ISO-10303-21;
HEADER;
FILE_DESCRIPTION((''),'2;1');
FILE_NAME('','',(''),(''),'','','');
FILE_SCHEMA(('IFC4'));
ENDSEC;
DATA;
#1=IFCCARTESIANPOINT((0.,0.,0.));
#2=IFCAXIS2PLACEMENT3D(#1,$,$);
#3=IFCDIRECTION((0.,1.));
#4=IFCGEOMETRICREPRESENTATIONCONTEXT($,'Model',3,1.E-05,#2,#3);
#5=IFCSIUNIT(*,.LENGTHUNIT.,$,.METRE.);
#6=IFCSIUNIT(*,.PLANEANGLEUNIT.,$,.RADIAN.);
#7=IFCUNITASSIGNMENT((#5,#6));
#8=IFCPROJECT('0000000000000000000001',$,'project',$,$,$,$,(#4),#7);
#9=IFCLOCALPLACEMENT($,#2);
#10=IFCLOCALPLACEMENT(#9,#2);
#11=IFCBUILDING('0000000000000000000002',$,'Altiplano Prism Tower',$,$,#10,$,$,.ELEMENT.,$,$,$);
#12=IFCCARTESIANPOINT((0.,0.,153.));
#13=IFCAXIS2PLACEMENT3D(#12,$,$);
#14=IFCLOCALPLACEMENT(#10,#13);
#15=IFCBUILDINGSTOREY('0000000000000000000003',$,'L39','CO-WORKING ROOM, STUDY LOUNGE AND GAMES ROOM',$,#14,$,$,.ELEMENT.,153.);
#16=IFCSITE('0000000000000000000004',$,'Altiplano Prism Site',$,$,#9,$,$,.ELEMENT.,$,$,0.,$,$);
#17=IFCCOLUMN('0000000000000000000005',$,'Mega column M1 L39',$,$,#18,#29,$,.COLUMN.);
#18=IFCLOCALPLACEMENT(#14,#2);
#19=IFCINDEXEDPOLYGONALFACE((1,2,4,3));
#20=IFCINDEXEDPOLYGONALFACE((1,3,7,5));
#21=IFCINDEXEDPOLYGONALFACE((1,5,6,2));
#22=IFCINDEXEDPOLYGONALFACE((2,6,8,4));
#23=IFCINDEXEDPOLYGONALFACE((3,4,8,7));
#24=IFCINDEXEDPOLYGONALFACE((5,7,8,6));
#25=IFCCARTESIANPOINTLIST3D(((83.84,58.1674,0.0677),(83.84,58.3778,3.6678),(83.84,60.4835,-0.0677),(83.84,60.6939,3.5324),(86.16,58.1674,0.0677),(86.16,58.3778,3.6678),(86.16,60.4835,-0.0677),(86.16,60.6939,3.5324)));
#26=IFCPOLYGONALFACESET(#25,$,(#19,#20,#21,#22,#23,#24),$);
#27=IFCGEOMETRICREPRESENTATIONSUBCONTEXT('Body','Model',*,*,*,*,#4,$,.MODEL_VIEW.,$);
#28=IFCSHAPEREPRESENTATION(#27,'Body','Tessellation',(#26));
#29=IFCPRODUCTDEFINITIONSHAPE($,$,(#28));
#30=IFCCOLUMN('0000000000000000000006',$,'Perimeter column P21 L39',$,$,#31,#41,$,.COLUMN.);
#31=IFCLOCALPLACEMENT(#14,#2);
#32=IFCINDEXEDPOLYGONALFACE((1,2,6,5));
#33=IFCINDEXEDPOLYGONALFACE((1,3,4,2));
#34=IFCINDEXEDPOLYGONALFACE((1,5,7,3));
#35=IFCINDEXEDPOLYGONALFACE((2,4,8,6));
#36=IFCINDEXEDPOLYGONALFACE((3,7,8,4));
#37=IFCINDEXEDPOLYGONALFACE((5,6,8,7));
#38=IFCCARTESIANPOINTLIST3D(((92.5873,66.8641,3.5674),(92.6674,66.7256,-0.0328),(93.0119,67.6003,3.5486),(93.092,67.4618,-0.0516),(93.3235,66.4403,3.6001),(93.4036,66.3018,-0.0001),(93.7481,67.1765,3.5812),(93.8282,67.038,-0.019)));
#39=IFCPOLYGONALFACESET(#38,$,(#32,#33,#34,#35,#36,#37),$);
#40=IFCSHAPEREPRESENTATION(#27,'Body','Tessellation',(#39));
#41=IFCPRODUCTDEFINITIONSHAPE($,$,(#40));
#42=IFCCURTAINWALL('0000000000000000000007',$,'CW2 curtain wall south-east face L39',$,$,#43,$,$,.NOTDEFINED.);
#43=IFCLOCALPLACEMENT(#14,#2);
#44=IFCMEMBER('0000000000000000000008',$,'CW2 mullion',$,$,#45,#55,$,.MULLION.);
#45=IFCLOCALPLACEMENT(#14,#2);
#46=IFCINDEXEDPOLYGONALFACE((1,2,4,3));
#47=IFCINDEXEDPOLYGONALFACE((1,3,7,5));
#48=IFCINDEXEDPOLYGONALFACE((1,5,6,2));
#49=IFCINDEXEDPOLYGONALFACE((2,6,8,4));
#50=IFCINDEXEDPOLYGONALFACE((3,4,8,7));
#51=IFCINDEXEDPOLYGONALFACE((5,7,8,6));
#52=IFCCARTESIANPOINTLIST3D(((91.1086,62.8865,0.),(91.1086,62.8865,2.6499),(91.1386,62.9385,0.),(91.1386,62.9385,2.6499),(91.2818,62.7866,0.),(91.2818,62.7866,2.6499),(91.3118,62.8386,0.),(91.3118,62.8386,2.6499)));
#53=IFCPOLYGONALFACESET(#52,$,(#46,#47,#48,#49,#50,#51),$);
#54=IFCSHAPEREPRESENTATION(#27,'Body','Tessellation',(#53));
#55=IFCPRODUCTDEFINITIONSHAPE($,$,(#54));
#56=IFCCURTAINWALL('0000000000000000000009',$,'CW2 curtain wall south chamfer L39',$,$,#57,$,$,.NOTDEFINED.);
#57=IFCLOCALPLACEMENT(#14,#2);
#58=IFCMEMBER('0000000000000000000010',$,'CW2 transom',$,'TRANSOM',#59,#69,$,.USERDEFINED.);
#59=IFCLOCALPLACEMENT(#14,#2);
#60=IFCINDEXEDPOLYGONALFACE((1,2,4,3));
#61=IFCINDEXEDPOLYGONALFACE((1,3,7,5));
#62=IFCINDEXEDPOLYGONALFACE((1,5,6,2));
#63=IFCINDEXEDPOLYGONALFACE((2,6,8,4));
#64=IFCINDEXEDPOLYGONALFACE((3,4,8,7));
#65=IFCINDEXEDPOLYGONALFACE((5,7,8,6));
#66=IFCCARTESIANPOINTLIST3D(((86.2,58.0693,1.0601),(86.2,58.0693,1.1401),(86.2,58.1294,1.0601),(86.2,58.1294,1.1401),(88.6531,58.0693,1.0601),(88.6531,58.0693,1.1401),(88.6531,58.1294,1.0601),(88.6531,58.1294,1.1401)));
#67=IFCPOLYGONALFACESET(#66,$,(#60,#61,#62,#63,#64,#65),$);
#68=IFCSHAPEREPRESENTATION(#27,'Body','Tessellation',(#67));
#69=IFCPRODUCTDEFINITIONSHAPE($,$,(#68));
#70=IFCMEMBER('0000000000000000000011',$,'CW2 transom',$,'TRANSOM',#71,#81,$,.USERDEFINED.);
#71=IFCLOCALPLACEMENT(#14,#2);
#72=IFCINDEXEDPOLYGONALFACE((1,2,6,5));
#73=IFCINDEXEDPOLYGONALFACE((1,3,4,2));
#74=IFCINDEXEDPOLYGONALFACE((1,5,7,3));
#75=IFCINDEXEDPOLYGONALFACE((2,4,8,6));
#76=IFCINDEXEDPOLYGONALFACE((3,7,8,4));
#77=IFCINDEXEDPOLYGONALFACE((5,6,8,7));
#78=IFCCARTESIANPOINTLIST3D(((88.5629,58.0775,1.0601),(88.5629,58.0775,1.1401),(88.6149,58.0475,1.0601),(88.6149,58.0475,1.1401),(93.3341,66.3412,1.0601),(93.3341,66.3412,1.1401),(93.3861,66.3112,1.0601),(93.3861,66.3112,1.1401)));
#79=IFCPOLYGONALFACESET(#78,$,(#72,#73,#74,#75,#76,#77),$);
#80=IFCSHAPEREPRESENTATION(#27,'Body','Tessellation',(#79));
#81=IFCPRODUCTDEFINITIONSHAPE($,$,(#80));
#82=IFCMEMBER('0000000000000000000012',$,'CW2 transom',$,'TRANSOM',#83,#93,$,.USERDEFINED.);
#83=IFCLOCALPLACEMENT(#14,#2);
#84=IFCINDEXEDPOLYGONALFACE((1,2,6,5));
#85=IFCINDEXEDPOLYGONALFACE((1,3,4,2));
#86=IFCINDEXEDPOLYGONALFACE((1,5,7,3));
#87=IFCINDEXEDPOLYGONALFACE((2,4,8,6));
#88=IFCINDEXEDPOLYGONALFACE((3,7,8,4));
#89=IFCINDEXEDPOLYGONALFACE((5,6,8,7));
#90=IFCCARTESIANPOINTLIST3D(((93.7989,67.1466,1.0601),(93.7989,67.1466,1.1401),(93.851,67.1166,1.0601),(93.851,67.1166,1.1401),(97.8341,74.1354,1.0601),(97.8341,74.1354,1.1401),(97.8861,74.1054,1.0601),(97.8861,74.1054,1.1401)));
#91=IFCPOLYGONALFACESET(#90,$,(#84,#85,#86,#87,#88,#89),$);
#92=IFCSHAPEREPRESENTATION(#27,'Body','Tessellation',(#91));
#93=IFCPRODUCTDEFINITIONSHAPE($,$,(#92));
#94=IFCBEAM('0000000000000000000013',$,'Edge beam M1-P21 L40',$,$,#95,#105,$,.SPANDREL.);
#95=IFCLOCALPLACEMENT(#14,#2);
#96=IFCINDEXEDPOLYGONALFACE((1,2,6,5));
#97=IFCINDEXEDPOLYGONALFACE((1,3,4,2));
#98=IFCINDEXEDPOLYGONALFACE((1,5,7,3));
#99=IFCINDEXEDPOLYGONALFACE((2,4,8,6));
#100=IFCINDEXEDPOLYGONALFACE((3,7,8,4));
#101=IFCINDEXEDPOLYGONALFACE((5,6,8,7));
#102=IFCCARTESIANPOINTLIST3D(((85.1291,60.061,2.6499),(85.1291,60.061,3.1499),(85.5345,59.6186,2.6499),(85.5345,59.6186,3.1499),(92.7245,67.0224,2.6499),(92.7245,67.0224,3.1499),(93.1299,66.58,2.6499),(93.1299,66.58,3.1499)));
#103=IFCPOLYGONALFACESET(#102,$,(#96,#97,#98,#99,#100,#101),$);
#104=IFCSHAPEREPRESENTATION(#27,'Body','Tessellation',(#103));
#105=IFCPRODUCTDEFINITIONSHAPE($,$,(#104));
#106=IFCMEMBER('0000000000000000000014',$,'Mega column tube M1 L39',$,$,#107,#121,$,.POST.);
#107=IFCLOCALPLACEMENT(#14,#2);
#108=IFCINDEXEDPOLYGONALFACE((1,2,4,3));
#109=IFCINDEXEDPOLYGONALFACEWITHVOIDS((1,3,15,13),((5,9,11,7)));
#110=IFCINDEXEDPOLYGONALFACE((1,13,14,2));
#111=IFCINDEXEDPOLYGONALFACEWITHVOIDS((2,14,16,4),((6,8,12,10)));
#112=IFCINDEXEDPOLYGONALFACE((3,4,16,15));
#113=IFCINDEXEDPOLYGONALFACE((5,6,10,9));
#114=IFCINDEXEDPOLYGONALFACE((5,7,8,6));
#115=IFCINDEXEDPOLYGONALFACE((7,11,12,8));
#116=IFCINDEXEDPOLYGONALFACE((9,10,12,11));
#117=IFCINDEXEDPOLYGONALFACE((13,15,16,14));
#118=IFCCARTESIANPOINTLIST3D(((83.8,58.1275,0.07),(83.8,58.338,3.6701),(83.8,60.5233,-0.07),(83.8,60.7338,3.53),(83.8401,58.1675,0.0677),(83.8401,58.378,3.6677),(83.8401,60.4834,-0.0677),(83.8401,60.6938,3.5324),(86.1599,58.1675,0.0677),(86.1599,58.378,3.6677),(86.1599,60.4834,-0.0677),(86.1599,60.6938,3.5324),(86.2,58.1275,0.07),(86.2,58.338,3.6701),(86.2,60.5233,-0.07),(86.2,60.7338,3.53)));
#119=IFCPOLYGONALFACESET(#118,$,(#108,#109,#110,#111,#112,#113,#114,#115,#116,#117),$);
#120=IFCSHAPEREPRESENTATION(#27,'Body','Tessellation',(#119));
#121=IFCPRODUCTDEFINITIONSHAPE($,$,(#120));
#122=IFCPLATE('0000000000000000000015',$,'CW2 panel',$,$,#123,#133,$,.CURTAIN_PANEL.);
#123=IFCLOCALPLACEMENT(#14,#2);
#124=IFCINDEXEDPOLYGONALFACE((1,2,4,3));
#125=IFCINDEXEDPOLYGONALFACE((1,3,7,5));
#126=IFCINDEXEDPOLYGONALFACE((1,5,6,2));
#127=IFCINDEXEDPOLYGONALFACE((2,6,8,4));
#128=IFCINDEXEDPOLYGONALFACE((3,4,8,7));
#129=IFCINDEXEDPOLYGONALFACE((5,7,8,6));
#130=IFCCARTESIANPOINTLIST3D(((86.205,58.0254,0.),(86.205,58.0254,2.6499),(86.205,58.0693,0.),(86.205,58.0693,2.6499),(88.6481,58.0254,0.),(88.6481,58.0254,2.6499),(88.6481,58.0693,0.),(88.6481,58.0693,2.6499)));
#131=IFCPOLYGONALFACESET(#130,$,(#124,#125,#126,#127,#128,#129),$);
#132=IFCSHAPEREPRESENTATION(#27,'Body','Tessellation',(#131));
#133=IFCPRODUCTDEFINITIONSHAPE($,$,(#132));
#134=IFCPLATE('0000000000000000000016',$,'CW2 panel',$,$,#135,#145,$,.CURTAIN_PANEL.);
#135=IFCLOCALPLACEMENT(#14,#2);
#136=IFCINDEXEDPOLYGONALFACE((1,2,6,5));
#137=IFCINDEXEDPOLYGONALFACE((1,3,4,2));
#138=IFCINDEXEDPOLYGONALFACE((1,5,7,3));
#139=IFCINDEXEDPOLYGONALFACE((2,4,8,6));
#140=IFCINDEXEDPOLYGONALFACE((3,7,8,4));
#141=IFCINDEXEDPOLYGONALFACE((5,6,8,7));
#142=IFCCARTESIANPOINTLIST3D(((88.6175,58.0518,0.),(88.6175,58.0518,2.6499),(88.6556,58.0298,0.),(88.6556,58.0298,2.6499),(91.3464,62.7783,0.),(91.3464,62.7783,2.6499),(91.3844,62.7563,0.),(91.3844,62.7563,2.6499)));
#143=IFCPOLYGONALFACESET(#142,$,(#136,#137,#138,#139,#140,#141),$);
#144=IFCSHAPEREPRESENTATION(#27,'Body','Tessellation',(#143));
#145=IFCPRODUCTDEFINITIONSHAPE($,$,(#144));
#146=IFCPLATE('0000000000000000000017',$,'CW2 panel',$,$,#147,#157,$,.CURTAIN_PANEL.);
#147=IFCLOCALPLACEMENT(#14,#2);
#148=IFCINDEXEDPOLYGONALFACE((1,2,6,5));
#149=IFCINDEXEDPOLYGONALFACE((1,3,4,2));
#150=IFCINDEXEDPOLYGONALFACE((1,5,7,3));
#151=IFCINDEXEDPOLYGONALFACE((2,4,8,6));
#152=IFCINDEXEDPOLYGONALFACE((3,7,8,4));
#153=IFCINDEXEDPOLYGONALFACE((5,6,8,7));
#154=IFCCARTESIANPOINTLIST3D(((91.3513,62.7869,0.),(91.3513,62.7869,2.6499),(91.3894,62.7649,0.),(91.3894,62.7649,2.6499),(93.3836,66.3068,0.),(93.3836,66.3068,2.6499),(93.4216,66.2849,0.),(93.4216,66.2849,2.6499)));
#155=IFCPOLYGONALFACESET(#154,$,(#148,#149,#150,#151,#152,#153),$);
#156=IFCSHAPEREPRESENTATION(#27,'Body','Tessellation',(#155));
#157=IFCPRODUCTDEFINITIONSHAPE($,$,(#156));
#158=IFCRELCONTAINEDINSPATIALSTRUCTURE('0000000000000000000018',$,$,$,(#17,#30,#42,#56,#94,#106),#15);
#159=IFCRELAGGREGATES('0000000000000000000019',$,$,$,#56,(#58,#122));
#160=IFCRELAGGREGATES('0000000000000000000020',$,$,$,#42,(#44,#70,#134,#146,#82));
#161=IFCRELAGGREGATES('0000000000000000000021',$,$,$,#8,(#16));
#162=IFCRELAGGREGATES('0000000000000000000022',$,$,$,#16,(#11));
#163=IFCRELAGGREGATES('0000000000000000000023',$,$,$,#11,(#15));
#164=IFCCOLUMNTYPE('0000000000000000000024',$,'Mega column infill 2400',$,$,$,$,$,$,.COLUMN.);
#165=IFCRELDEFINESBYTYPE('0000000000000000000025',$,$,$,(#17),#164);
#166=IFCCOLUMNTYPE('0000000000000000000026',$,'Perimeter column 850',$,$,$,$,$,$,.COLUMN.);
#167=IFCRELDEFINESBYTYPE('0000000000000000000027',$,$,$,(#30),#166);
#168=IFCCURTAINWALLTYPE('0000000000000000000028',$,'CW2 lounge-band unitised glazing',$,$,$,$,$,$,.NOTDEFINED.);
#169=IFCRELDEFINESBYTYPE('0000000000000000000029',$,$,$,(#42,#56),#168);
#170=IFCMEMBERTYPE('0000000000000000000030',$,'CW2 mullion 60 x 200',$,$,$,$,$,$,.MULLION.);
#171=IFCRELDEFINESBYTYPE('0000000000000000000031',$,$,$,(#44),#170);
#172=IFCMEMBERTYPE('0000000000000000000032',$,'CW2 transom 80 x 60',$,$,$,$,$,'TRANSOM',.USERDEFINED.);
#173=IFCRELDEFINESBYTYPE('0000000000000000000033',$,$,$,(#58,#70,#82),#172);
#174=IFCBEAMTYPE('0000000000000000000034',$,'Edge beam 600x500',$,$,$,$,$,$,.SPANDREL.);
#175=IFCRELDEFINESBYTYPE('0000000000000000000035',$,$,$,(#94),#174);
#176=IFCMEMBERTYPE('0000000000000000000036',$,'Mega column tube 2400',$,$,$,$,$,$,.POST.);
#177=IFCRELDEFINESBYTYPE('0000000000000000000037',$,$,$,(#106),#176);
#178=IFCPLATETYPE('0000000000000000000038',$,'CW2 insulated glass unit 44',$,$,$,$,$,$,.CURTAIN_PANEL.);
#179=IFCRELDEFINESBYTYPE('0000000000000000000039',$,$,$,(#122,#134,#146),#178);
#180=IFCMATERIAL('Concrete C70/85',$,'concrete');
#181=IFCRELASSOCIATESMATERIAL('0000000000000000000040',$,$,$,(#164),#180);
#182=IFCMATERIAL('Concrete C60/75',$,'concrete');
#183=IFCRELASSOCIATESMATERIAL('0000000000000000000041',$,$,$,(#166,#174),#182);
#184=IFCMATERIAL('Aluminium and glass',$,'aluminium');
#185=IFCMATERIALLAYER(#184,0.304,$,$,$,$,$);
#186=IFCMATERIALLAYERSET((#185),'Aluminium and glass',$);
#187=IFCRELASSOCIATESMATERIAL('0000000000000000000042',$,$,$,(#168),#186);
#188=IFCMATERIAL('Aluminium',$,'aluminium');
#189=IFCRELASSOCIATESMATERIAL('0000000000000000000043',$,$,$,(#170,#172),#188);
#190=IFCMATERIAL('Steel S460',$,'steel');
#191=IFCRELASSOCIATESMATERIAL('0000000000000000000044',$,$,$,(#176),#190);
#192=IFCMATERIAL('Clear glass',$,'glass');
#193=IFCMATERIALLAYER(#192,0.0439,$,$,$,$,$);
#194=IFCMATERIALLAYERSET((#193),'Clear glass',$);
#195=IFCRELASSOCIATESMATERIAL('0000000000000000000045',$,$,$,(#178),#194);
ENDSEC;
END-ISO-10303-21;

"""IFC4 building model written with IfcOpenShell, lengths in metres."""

from ifc_helpers import new_model, si_unit, direction, frame, origin, origin_2d, place, context, subcontext, project, spatial, rectangle, hollow_rectangle, extrude, material, layer, layer_set, material_profile, profile_set, type_object, element, aggregate, save


model = new_model("IFC4")

# Units and contexts
model_context = context("Model", 3, precision=1e-05, world=origin(), true_north=direction((0.0, 1.0)))
body_context = subcontext(model_context, "Body", "Model", "MODEL_VIEW")
ifc_project = project(units=[si_unit("LENGTHUNIT", "METRE"), si_unit("PLANEANGLEUNIT", "RADIAN")], contexts=[model_context])

# Site, building, storey
site_placement = place(None, origin())
site = spatial("IfcSite", under=ifc_project, at=site_placement, Name="Altiplano Prism Site", CompositionType="ELEMENT", RefElevation=0.0)
building_placement = place(site_placement, origin())
building = spatial("IfcBuilding", under=site, at=building_placement, Name="Altiplano Prism Tower", CompositionType="ELEMENT")
storey_placement = place(building_placement, frame((0.0, 0.0, 153.0)))
storey = spatial("IfcBuildingStorey", under=building, at=storey_placement, Name="L39", Description="CO-WORKING ROOM, STUDY LOUNGE AND GAMES ROOM", CompositionType="ELEMENT", Elevation=153.0)

# Columns
ifc_material_1 = material(Name="Concrete C70/85", Category="concrete")
ifc_material_profile_1 = material_profile(ifc_material_1, rectangle(XDim=2.3201, YDim=2.3201, at=origin_2d()), Name="Mega column infill 2400")
ifc_profile_set_1 = profile_set([ifc_material_profile_1], Name="Concrete C70/85")
column_type_1 = type_object("IfcColumnType", Name="Mega column infill 2400", PredefinedType="COLUMN", material=ifc_profile_set_1)
column_1_placement = place(storey_placement, frame((85.0, 59.3254, 0.0), z_axis=(0.0, 0.058357, 0.998296), x_axis=(-1.0, 0.0, 0.0)))
element("IfcColumn", 1, at=column_1_placement, inside=storey, type_object=column_type_1, Name="Mega column M1 L39", PredefinedType="COLUMN", context=body_context, shape_type="SweptSolid", body=[
    extrude(rectangle(XDim=2.3201, YDim=2.3201, at=origin_2d()), origin(), (0.0, 0.0, 1.0), 3.6062),
])
ifc_material_2 = material(Name="Concrete C60/75", Category="concrete")
ifc_material_profile_2 = material_profile(ifc_material_2, rectangle(XDim=0.8501, YDim=0.8501, at=origin_2d()), Name="Perimeter column 850")
ifc_profile_set_2 = profile_set([ifc_material_profile_2], Name="Concrete C60/75")
column_type_2 = type_object("IfcColumnType", Name="Perimeter column 850", PredefinedType="COLUMN", material=ifc_profile_set_2)
column_2_placement = place(storey_placement, frame((93.2478, 66.8818, -0.0259), z_axis=(-0.022221, 0.038413, 0.999015), x_axis=(-0.499513, -0.866022, 0.022189)))
element("IfcColumn", 2, at=column_2_placement, inside=storey, type_object=column_type_2, Name="Perimeter column P21 L39", PredefinedType="COLUMN", context=body_context, shape_type="SweptSolid", body=[
    extrude(rectangle(XDim=0.8501, YDim=0.8501, at=origin_2d()), origin(), (0.0, 0.0, 1.0), 3.6038),
])

# Curtain walls, members
ifc_material_3 = material(Name="Aluminium and glass", Category="aluminium")
ifc_layer_1 = layer(ifc_material_3, 0.304)
ifc_layer_set_1 = layer_set([ifc_layer_1], Name="Aluminium and glass")
curtain_wall_type = type_object("IfcCurtainWallType", Name="CW2 lounge-band unitised glazing", PredefinedType="NOTDEFINED", material=ifc_layer_set_1)
curtain_wall_1_placement = place(storey_placement, origin())
curtain_wall_1 = element("IfcCurtainWall", 3, at=curtain_wall_1_placement, inside=storey, type_object=curtain_wall_type, Name="CW2 curtain wall south-east face L39", PredefinedType="NOTDEFINED")
ifc_material_4 = material(Name="Aluminium", Category="aluminium")
ifc_material_profile_3 = material_profile(ifc_material_4, rectangle(XDim=0.2, YDim=0.0601, at=origin_2d()), Name="CW2 mullion 60 x 200")
ifc_profile_set_3 = profile_set([ifc_material_profile_3], Name="Aluminium")
member_type_1 = type_object("IfcMemberType", Name="CW2 mullion 60 x 200", PredefinedType="MULLION", material=ifc_profile_set_3)
member_1_placement = place(storey_placement, frame((91.2102, 62.8625, 0.0), z_axis=(0.0, 0.0, 1.0), x_axis=(-0.866025, 0.5, 0.0)))
member_1 = element("IfcMember", 4, at=member_1_placement, type_object=member_type_1, Name="CW2 mullion", PredefinedType="MULLION", context=body_context, shape_type="SweptSolid", body=[
    extrude(rectangle(XDim=0.2, YDim=0.0601, at=origin_2d()), origin(), (0.0, 0.0, 1.0), 2.6499),
])
curtain_wall_2_placement = place(storey_placement, origin())
curtain_wall_2 = element("IfcCurtainWall", 5, at=curtain_wall_2_placement, inside=storey, type_object=curtain_wall_type, Name="CW2 curtain wall south chamfer L39", PredefinedType="NOTDEFINED")
ifc_material_profile_4 = material_profile(ifc_material_4, rectangle(XDim=0.0601, YDim=0.0801, at=origin_2d()), Name="CW2 transom 80 x 60")
ifc_profile_set_4 = profile_set([ifc_material_profile_4], Name="Aluminium")
member_type_2 = type_object("IfcMemberType", Name="CW2 transom 80 x 60", ElementType="TRANSOM", PredefinedType="USERDEFINED", material=ifc_profile_set_4)
member_2_placement = place(storey_placement, frame((86.2, 58.0994, 1.1001), z_axis=(1.0, 0.0, 0.0), x_axis=(0.0, 1.0, 0.0)))
member_2 = element("IfcMember", 6, at=member_2_placement, type_object=member_type_2, Name="CW2 transom", ObjectType="TRANSOM", PredefinedType="USERDEFINED", context=body_context, shape_type="SweptSolid", body=[
    extrude(rectangle(XDim=0.0601, YDim=0.0801, at=origin_2d()), origin(), (0.0, 0.0, 1.0), 2.4531),
])

# Members
member_3_placement = place(storey_placement, frame((88.5889, 58.0625, 1.1001), z_axis=(0.500016, 0.866016, 0.0), x_axis=(-0.866016, 0.500016, 0.0)))
member_3 = element("IfcMember", 7, at=member_3_placement, type_object=member_type_2, Name="CW2 transom", ObjectType="TRANSOM", PredefinedType="USERDEFINED", context=body_context, shape_type="SweptSolid", body=[
    extrude(rectangle(XDim=0.0601, YDim=0.0801, at=origin_2d()), origin(), (0.0, 0.0, 1.0), 9.5422),
])
member_4_placement = place(storey_placement, frame((93.825, 67.1316, 1.1001), z_axis=(0.500017, 0.866015, 0.0), x_axis=(-0.866015, 0.500017, 0.0)))
member_4 = element("IfcMember", 8, at=member_4_placement, type_object=member_type_2, Name="CW2 transom", ObjectType="TRANSOM", PredefinedType="USERDEFINED", context=body_context, shape_type="SweptSolid", body=[
    extrude(rectangle(XDim=0.0601, YDim=0.0801, at=origin_2d()), origin(), (0.0, 0.0, 1.0), 8.0701),
])

# Beam
ifc_material_profile_5 = material_profile(ifc_material_2, rectangle(XDim=0.6001, YDim=0.5, at=origin_2d()), Name="Edge beam 600x500")
ifc_profile_set_5 = profile_set([ifc_material_profile_5], Name="Concrete C60/75")
beam_type = type_object("IfcBeamType", Name="Edge beam 600x500", PredefinedType="SPANDREL", material=ifc_profile_set_5)
beam_placement = place(storey_placement, frame((85.3318, 59.8398, 2.8999), z_axis=(0.737206, 0.675668, 0.0), x_axis=(-0.675668, 0.737206, 0.0)))
element("IfcBeam", 9, at=beam_placement, inside=storey, type_object=beam_type, Name="Edge beam M1-P21 L40", PredefinedType="SPANDREL", context=body_context, shape_type="SweptSolid", body=[
    extrude(rectangle(XDim=0.6001, YDim=0.5, at=origin_2d()), origin(), (0.0, 0.0, 1.0), 10.303),
])

# Member
ifc_material_5 = material(Name="Steel S460", Category="steel")
ifc_material_profile_6 = material_profile(ifc_material_5, hollow_rectangle(XDim=2.3999, YDim=2.3999, WallThickness=0.04, at=origin_2d()), Name="Mega column tube 2400")
ifc_profile_set_6 = profile_set([ifc_material_profile_6], Name="Steel S460")
member_type_3 = type_object("IfcMemberType", Name="Mega column tube 2400", PredefinedType="POST", material=ifc_profile_set_6)
member_5_placement = place(storey_placement, frame((85.0, 59.3254, 0.0), z_axis=(0.0, 0.058357, 0.998296), x_axis=(-1.0, 0.0, 0.0)))
element("IfcMember", 10, at=member_5_placement, inside=storey, type_object=member_type_3, Name="Mega column tube M1 L39", PredefinedType="POST", context=body_context, shape_type="SweptSolid", body=[
    extrude(hollow_rectangle(XDim=2.3999, YDim=2.3999, WallThickness=0.04, at=origin_2d()), origin(), (0.0, 0.0, 1.0), 3.6062),
])

# Plates
ifc_material_6 = material(Name="Clear glass", Category="glass")
ifc_layer_2 = layer(ifc_material_6, 0.0439)
ifc_layer_set_2 = layer_set([ifc_layer_2], Name="Clear glass")
plate_type = type_object("IfcPlateType", Name="CW2 insulated glass unit 44", PredefinedType="CURTAIN_PANEL", material=ifc_layer_set_2)
plate_1_placement = place(storey_placement, frame((87.4265, 58.0474, 0.0), z_axis=(0.0, 0.0, 1.0), x_axis=(1.0, 0.0, 0.0)))
plate_1 = element("IfcPlate", 11, at=plate_1_placement, type_object=plate_type, Name="CW2 panel", PredefinedType="CURTAIN_PANEL", context=body_context, shape_type="SweptSolid", body=[
    extrude(rectangle(XDim=2.4431, YDim=0.0439, at=origin_2d()), origin(), (0.0, 0.0, 1.0), 2.6499),
])
aggregate(curtain_wall_2, [member_2, plate_1])
plate_2_placement = place(storey_placement, frame((90.001, 60.4041, 0.0), z_axis=(0.0, 0.0, 1.0), x_axis=(0.5, 0.866025, 0.0)))
plate_2 = element("IfcPlate", 12, at=plate_2_placement, type_object=plate_type, Name="CW2 panel", PredefinedType="CURTAIN_PANEL", context=body_context, shape_type="SweptSolid", body=[
    extrude(rectangle(XDim=5.4578, YDim=0.0439, at=origin_2d()), origin(), (0.0, 0.0, 1.0), 2.6499),
])
plate_3_placement = place(storey_placement, frame((92.3865, 64.5359, 0.0), z_axis=(0.0, 0.0, 1.0), x_axis=(0.5, 0.866025, 0.0)))
plate_3 = element("IfcPlate", 13, at=plate_3_placement, type_object=plate_type, Name="CW2 panel", PredefinedType="CURTAIN_PANEL", context=body_context, shape_type="SweptSolid", body=[
    extrude(rectangle(XDim=4.0645, YDim=0.0439, at=origin_2d()), origin(), (0.0, 0.0, 1.0), 2.6499),
])
aggregate(curtain_wall_1, [member_1, member_3, plate_2, plate_3, member_4])

save(model, "model.ifc")
